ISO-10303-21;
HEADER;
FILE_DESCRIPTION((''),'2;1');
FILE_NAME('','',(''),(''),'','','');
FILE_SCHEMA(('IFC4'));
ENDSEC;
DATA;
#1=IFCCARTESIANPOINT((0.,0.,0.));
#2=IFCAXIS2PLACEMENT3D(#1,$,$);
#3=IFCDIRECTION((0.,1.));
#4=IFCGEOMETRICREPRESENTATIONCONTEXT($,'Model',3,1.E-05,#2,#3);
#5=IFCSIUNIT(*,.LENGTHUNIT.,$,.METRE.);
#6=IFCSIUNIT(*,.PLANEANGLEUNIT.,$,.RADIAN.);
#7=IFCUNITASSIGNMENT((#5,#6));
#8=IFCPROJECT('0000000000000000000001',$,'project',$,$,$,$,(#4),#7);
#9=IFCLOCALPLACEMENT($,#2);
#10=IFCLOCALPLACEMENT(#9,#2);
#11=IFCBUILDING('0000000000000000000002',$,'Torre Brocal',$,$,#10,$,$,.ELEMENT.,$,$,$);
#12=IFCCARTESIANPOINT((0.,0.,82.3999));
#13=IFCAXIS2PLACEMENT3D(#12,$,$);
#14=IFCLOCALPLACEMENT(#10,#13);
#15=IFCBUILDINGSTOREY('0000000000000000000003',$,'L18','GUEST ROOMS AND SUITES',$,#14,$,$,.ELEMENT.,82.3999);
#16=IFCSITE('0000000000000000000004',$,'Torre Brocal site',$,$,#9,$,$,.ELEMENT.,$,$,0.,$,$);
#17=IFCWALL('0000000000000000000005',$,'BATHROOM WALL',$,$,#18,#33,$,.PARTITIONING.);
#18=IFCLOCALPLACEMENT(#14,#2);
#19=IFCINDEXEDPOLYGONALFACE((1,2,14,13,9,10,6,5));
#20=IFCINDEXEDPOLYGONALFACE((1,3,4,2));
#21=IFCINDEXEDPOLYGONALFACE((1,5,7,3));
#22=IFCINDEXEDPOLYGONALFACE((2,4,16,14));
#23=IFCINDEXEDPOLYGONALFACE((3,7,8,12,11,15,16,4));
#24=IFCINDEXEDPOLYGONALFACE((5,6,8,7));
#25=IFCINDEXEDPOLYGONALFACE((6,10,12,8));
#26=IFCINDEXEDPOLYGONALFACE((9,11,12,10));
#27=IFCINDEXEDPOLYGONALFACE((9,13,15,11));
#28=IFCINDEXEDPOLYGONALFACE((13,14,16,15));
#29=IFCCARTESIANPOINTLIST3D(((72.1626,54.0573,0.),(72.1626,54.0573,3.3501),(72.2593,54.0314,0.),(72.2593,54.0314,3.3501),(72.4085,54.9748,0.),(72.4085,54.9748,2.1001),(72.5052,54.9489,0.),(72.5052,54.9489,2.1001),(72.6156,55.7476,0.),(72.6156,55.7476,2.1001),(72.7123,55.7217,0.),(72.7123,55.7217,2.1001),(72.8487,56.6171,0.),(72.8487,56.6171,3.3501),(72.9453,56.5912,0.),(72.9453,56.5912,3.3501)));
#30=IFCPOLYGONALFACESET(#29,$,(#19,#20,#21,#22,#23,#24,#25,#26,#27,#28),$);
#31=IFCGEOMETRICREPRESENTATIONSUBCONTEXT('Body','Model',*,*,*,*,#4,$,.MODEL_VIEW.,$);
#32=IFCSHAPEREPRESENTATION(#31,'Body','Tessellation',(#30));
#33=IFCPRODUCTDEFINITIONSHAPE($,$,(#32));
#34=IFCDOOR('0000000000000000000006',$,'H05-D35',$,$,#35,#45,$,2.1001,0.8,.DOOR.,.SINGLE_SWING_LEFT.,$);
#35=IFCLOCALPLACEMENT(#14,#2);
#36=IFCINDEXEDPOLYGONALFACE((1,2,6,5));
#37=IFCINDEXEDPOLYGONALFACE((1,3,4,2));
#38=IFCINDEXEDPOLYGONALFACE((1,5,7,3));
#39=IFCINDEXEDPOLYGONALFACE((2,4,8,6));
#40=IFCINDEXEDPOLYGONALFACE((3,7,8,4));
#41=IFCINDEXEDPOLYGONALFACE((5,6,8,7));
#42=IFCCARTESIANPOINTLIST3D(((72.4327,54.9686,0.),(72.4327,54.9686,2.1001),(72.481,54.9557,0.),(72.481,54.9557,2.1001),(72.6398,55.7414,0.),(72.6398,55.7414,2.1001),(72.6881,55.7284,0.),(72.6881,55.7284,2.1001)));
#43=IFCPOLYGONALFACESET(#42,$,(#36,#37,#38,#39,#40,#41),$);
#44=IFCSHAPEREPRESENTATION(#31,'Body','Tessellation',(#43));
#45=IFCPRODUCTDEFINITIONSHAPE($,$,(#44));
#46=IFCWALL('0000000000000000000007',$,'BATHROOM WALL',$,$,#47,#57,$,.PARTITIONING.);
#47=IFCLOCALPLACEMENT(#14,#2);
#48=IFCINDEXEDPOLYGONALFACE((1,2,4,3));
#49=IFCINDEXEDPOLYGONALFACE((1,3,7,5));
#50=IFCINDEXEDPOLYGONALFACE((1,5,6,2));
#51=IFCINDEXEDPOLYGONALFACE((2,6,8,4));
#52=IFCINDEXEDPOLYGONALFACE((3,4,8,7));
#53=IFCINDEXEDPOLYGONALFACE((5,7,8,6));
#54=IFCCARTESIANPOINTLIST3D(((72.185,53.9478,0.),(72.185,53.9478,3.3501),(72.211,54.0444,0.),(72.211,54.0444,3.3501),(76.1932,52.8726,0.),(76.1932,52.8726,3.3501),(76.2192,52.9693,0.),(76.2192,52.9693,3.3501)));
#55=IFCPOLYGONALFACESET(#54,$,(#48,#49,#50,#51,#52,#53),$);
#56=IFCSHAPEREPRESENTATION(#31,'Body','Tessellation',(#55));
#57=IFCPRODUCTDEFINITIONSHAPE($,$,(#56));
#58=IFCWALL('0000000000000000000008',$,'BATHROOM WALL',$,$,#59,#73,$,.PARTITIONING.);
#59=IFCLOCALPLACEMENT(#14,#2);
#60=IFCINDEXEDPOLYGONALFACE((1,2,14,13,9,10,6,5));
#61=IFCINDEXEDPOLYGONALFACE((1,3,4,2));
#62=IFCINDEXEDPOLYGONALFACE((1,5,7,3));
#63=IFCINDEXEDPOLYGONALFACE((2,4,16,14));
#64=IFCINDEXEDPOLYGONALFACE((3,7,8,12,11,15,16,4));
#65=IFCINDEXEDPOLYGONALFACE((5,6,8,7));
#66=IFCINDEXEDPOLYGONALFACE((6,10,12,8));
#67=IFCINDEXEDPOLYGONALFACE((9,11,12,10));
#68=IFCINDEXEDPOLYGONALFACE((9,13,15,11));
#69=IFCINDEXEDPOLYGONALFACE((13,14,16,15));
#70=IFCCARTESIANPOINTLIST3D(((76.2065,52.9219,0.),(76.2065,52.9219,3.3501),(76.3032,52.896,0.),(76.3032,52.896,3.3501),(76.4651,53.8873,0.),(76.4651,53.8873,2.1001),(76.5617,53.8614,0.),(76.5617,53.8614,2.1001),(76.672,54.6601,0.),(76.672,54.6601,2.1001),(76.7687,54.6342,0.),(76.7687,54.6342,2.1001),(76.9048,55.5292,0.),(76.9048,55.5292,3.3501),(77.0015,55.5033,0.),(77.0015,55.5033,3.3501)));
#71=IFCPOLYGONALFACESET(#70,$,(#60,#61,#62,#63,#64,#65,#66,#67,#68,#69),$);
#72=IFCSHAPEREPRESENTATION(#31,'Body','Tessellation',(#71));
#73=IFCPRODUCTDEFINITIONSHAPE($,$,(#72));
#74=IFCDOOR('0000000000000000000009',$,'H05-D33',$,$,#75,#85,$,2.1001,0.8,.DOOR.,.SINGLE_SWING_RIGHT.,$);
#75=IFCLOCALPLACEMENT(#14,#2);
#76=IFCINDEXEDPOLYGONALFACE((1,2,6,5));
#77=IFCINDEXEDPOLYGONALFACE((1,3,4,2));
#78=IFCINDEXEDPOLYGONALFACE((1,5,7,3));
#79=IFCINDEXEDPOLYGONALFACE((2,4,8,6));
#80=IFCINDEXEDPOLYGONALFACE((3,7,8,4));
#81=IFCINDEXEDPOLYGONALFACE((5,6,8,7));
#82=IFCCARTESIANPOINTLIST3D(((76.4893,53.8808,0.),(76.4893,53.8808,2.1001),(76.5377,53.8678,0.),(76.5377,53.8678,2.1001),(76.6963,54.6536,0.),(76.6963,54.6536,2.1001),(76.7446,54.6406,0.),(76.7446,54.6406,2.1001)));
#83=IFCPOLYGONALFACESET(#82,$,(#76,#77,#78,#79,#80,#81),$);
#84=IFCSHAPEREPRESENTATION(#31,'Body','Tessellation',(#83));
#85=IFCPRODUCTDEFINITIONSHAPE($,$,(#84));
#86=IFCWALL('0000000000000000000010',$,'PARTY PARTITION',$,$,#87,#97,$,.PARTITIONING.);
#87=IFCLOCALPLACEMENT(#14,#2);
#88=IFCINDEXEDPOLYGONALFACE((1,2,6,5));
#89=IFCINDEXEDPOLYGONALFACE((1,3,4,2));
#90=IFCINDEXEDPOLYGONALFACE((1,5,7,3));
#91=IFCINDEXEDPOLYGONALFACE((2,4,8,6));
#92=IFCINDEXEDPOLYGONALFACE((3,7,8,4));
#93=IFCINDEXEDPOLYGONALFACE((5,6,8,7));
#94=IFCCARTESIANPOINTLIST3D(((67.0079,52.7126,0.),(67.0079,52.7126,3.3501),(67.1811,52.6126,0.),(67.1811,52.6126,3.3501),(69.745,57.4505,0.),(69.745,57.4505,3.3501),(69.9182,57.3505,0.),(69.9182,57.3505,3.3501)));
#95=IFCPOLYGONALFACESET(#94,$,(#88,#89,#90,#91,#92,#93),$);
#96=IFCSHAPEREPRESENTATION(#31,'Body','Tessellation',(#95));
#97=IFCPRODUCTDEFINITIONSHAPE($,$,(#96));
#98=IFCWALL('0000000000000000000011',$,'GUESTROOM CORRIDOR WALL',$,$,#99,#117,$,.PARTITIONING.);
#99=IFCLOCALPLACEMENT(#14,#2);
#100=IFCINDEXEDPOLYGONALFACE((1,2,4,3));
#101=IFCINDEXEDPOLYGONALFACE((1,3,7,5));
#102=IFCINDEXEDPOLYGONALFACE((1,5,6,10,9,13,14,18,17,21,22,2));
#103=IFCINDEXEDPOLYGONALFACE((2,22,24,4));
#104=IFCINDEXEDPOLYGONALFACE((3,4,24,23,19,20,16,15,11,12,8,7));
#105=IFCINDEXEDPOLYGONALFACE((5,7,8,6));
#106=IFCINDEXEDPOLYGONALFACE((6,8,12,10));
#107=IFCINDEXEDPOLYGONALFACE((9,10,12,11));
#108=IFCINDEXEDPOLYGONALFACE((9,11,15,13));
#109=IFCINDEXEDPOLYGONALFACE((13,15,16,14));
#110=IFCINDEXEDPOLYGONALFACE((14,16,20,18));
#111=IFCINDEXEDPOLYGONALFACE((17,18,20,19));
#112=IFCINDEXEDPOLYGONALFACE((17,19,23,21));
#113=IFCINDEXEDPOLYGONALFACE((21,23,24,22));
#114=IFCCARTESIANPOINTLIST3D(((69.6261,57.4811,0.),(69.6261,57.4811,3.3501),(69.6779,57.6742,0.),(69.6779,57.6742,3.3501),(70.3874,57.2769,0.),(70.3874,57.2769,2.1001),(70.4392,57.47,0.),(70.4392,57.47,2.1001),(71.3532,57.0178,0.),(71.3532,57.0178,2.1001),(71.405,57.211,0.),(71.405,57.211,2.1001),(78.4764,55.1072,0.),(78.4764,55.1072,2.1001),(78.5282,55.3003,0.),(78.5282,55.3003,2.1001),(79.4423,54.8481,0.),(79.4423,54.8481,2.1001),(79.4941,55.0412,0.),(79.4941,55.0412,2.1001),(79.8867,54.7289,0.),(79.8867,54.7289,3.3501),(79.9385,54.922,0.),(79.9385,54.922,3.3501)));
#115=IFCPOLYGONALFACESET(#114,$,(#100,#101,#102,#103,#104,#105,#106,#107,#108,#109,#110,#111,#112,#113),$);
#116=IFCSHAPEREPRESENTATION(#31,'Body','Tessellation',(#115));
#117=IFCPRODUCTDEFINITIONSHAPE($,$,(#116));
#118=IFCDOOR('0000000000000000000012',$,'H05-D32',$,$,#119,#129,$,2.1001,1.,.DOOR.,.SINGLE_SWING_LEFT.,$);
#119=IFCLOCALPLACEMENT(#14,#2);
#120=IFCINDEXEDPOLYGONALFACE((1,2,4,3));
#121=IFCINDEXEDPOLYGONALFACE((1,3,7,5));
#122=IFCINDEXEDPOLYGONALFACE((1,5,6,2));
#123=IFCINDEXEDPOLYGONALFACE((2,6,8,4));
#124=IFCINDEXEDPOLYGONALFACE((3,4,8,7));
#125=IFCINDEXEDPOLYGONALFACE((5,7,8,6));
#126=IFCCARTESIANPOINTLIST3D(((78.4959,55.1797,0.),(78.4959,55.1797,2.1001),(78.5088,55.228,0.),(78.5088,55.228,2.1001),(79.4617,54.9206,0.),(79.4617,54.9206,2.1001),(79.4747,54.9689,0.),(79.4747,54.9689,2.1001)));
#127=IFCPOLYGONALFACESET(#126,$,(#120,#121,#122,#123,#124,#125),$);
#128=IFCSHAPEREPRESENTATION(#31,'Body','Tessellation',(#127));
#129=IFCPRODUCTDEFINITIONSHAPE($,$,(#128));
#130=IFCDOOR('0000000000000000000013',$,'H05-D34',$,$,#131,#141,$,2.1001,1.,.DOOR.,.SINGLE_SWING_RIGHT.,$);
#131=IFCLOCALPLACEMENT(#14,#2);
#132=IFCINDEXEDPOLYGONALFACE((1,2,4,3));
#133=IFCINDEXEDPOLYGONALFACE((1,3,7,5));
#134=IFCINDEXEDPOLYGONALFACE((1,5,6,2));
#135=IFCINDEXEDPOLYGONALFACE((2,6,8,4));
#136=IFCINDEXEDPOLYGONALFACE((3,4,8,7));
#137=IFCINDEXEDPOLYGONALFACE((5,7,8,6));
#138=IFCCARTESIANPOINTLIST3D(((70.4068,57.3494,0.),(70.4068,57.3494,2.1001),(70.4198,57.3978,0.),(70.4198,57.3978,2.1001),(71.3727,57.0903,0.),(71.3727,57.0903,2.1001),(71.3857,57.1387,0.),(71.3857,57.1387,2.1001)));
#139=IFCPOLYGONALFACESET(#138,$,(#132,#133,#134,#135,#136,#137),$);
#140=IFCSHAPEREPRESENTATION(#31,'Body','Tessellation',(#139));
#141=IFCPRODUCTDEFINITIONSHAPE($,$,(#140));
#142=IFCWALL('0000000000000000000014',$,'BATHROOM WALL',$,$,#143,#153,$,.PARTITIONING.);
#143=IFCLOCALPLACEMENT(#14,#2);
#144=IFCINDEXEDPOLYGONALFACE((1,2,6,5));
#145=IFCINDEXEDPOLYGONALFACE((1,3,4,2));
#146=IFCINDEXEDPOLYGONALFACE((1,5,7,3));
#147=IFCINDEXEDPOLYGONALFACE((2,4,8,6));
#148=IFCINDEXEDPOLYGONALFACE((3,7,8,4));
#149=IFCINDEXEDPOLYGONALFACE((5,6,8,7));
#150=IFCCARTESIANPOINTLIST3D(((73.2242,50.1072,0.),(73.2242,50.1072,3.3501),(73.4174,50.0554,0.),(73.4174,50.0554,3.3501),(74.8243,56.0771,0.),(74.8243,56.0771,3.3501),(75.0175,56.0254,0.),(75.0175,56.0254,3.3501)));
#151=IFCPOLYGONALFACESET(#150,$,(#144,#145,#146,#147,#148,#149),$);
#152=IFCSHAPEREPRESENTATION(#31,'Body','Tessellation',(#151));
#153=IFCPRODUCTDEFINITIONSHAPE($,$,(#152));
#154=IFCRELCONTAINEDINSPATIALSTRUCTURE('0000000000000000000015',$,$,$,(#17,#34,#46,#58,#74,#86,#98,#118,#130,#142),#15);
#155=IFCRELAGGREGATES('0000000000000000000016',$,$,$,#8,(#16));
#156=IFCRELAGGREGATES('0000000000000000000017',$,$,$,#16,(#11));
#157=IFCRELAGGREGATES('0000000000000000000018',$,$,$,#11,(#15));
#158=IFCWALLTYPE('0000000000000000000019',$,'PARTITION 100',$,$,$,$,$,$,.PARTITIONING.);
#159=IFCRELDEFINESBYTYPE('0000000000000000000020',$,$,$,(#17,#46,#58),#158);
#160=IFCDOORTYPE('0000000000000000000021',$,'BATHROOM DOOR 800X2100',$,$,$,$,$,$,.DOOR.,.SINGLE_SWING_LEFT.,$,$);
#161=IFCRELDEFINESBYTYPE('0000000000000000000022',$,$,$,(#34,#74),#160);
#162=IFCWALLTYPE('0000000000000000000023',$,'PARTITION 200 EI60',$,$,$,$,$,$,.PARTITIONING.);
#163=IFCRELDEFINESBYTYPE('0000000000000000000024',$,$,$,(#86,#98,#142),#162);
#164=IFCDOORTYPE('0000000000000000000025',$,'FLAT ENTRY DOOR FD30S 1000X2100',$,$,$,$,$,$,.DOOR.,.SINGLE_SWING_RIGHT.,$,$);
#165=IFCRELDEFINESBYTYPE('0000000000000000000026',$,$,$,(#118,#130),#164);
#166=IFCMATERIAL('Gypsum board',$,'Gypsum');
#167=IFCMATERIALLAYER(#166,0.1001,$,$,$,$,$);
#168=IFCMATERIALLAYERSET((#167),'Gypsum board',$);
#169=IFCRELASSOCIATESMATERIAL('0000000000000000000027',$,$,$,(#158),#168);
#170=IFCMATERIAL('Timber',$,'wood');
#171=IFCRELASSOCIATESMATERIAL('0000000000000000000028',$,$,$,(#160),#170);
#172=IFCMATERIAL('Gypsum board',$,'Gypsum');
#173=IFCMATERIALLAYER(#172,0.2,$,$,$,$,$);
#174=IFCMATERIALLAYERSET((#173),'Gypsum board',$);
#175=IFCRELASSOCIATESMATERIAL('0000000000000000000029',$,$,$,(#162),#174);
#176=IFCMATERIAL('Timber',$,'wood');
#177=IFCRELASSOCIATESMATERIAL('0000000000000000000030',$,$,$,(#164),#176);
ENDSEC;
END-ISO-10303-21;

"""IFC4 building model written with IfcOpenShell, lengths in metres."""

from ifc_helpers import new_model, si_unit, direction, frame, frame_2d, origin, place, context, subcontext, project, spatial, rectangle, extrude, material, layer, layer_set, type_object, element, fill, save


model = new_model("IFC4")

# Units and contexts
model_context = context("Model", 3, precision=1e-05, world=origin(), true_north=direction((0.0, 1.0)))
body_context = subcontext(model_context, "Body", "Model", "MODEL_VIEW")
ifc_project = project(units=[si_unit("LENGTHUNIT", "METRE"), si_unit("PLANEANGLEUNIT", "RADIAN")], contexts=[model_context])

# Site, building, storey
site_placement = place(None, origin())
site = spatial("IfcSite", under=ifc_project, at=site_placement, Name="Torre Brocal site", CompositionType="ELEMENT", RefElevation=0.0)
building_placement = place(site_placement, origin())
building = spatial("IfcBuilding", under=site, at=building_placement, Name="Torre Brocal", CompositionType="ELEMENT")
storey_placement = place(building_placement, frame((0.0, 0.0, 82.3999)))
storey = spatial("IfcBuildingStorey", under=building, at=storey_placement, Name="L18", Description="GUEST ROOMS AND SUITES", CompositionType="ELEMENT", Elevation=82.3999)

# Wall, opening, door
ifc_material_1 = material(Name="Gypsum board", Category="Gypsum")
ifc_layer_1 = layer(ifc_material_1, 0.1001)
ifc_layer_set_1 = layer_set([ifc_layer_1], Name="Gypsum board")
wall_type_1 = type_object("IfcWallType", Name="PARTITION 100", PredefinedType="PARTITIONING", material=ifc_layer_set_1)
wall_1_placement = place(storey_placement, frame((72.2109, 54.0442, 0.0), z_axis=(0.0, 0.0, 1.0), x_axis=(0.258867, 0.965913, 0.0)))
wall_1 = element("IfcWall", 1, at=wall_1_placement, inside=storey, type_object=wall_type_1, Name="BATHROOM WALL", PredefinedType="PARTITIONING", context=body_context, shape_type="SweptSolid", body=[
    extrude(rectangle(XDim=2.6501, YDim=0.1001, at=frame_2d((1.3252, 0.0))), origin(), (0.0, 0.0, 1.0), 3.3501),
])
opening_1_placement = place(wall_1_placement, frame((0.9502, 0.0, 0.0)))
opening_1 = element("IfcOpeningElement", 2, at=opening_1_placement, cuts=wall_1, PredefinedType="OPENING", context=body_context, shape_type="SweptSolid", body=[
    extrude(rectangle(XDim=0.8, YDim=2.1001, at=frame_2d((0.3999, 1.05))), frame((0.0, 0.0601, 0.0), z_axis=(0.0, -1.0, 0.0), x_axis=(1.0, 0.0, 0.0)), (0.0, 0.0, 1.0), 0.1201),
])
ifc_material_2 = material(Name="Timber", Category="wood")
door_type_1 = type_object("IfcDoorType", Name="BATHROOM DOOR 800X2100", OperationType="SINGLE_SWING_LEFT", PredefinedType="DOOR", material=ifc_material_2)
door_1_placement = place(opening_1_placement, frame((0.8, 0.0, 0.0), z_axis=(0.0, 0.0, 1.0), x_axis=(-1.0, 0.0, 0.0)))
door_1 = element("IfcDoor", 3, at=door_1_placement, inside=storey, type_object=door_type_1, Name="H05-D35", OperationType="SINGLE_SWING_LEFT", OverallHeight=2.1001, OverallWidth=0.8, PredefinedType="DOOR", context=body_context, shape_type="SweptSolid", body=[
    extrude(rectangle(XDim=0.8, YDim=2.1001, at=frame_2d((0.3999, 1.05))), frame((0.0, 0.0249, 0.0), z_axis=(0.0, -1.0, 0.0), x_axis=(1.0, 0.0, 0.0)), (0.0, 0.0, 1.0), 0.05),
])
fill(opening_1, door_1)

# Wall
wall_2_placement = place(storey_placement, frame((72.198, 53.9961, 0.0), z_axis=(0.0, 0.0, 1.0), x_axis=(0.965855, -0.259083, 0.0)))
element("IfcWall", 4, at=wall_2_placement, inside=storey, type_object=wall_type_1, Name="BATHROOM WALL", PredefinedType="PARTITIONING", context=body_context, shape_type="SweptSolid", body=[
    extrude(rectangle(XDim=4.1499, YDim=0.1001, at=frame_2d((2.075, 0.0))), origin(), (0.0, 0.0, 1.0), 3.3501),
])

# Wall, opening, door
wall_3_placement = place(storey_placement, frame((76.2549, 52.9089, 0.0), z_axis=(0.0, 0.0, 1.0), x_axis=(0.258676, 0.965964, 0.0)))
wall_3 = element("IfcWall", 5, at=wall_3_placement, inside=storey, type_object=wall_type_1, Name="BATHROOM WALL", PredefinedType="PARTITIONING", context=body_context, shape_type="SweptSolid", body=[
    extrude(rectangle(XDim=2.6992, YDim=0.1001, at=frame_2d((1.3496, 0.0))), origin(), (0.0, 0.0, 1.0), 3.3501),
])
opening_2_placement = place(wall_3_placement, frame((0.9995, 0.0, 0.0)))
opening_2 = element("IfcOpeningElement", 6, at=opening_2_placement, cuts=wall_3, PredefinedType="OPENING", context=body_context, shape_type="SweptSolid", body=[
    extrude(rectangle(XDim=0.8, YDim=2.1001, at=frame_2d((0.3999, 1.05))), frame((0.0, 0.0601, 0.0), z_axis=(0.0, -1.0, 0.0), x_axis=(1.0, 0.0, 0.0)), (0.0, 0.0, 1.0), 0.1201),
])
door_2_placement = place(opening_2_placement, origin())
door_2 = element("IfcDoor", 7, at=door_2_placement, inside=storey, type_object=door_type_1, Name="H05-D33", OperationType="SINGLE_SWING_RIGHT", OverallHeight=2.1001, OverallWidth=0.8, PredefinedType="DOOR", context=body_context, shape_type="SweptSolid", body=[
    extrude(rectangle(XDim=0.8, YDim=2.1001, at=frame_2d((0.3999, 1.05))), frame((0.0, 0.0249, 0.0), z_axis=(0.0, -1.0, 0.0), x_axis=(1.0, 0.0, 0.0)), (0.0, 0.0, 1.0), 0.05),
])
fill(opening_2, door_2)

# Wall
ifc_material_3 = material(Name="Gypsum board", Category="Gypsum")
ifc_layer_2 = layer(ifc_material_3, 0.2)
ifc_layer_set_2 = layer_set([ifc_layer_2], Name="Gypsum board")
wall_type_2 = type_object("IfcWallType", Name="PARTITION 200 EI60", PredefinedType="PARTITIONING", material=ifc_layer_set_2)
wall_4_placement = place(storey_placement, frame((67.0945, 52.6626, 0.0), z_axis=(0.0, 0.0, 1.0), x_axis=(0.500232, 0.865891, 0.0)))
element("IfcWall", 8, at=wall_4_placement, inside=storey, type_object=wall_type_2, Name="PARTY PARTITION", PredefinedType="PARTITIONING", context=body_context, shape_type="SweptSolid", body=[
    extrude(rectangle(XDim=5.4717, YDim=0.2, at=frame_2d((2.7358, 0.0))), origin(), (0.0, 0.0, 1.0), 3.3501),
])

# Wall, openings, doors
wall_5_placement = place(storey_placement, frame((69.6521, 57.5776, 0.0), z_axis=(0.0, 0.0, 1.0), x_axis=(0.965857, -0.259074, 0.0)))
wall_5 = element("IfcWall", 9, at=wall_5_placement, inside=storey, type_object=wall_type_2, Name="GUESTROOM CORRIDOR WALL", PredefinedType="PARTITIONING", context=body_context, shape_type="SweptSolid", body=[
    extrude(rectangle(XDim=10.6233, YDim=0.2, at=frame_2d((5.3115, 0.0))), origin(), (0.0, 0.0, 1.0), 3.3501),
])
opening_3_placement = place(wall_5_placement, frame((9.1631, 0.0, 0.0)))
opening_3 = element("IfcOpeningElement", 10, at=opening_3_placement, cuts=wall_5, PredefinedType="OPENING", context=body_context, shape_type="SweptSolid", body=[
    extrude(rectangle(XDim=1.0, YDim=2.1001, at=frame_2d((0.5, 1.05))), frame((0.0, 0.1099, 0.0), z_axis=(0.0, -1.0, 0.0), x_axis=(1.0, 0.0, 0.0)), (0.0, 0.0, 1.0), 0.22),
])
opening_4_placement = place(wall_5_placement, frame((0.7881, 0.0, 0.0)))
opening_4 = element("IfcOpeningElement", 11, at=opening_4_placement, cuts=wall_5, PredefinedType="OPENING", context=body_context, shape_type="SweptSolid", body=[
    extrude(rectangle(XDim=1.0, YDim=2.1001, at=frame_2d((0.5, 1.05))), frame((0.0, 0.1099, 0.0), z_axis=(0.0, -1.0, 0.0), x_axis=(1.0, 0.0, 0.0)), (0.0, 0.0, 1.0), 0.22),
])
ifc_material_4 = material(Name="Timber", Category="wood")
door_type_2 = type_object("IfcDoorType", Name="FLAT ENTRY DOOR FD30S 1000X2100", OperationType="SINGLE_SWING_RIGHT", PredefinedType="DOOR", material=ifc_material_4)
door_3_placement = place(opening_3_placement, frame((1.0, 0.0, 0.0), z_axis=(0.0, 0.0, 1.0), x_axis=(-1.0, 0.0, 0.0)))
door_3 = element("IfcDoor", 12, at=door_3_placement, inside=storey, type_object=door_type_2, Name="H05-D32", OperationType="SINGLE_SWING_LEFT", OverallHeight=2.1001, OverallWidth=1.0, PredefinedType="DOOR", context=body_context, shape_type="SweptSolid", body=[
    extrude(rectangle(XDim=1.0, YDim=2.1001, at=frame_2d((0.5, 1.05))), frame((0.0, 0.0249, 0.0), z_axis=(0.0, -1.0, 0.0), x_axis=(1.0, 0.0, 0.0)), (0.0, 0.0, 1.0), 0.05),
])
fill(opening_3, door_3)
door_4_placement = place(opening_4_placement, frame((1.0, 0.0, 0.0), z_axis=(0.0, 0.0, 1.0), x_axis=(-1.0, 0.0, 0.0)))
door_4 = element("IfcDoor", 13, at=door_4_placement, inside=storey, type_object=door_type_2, Name="H05-D34", OperationType="SINGLE_SWING_RIGHT", OverallHeight=2.1001, OverallWidth=1.0, PredefinedType="DOOR", context=body_context, shape_type="SweptSolid", body=[
    extrude(rectangle(XDim=1.0, YDim=2.1001, at=frame_2d((0.5, 1.05))), frame((0.0, 0.0249, 0.0), z_axis=(0.0, -1.0, 0.0), x_axis=(1.0, 0.0, 0.0)), (0.0, 0.0, 1.0), 0.05),
])
fill(opening_4, door_4)

# Wall
wall_6_placement = place(storey_placement, frame((73.3208, 50.0813, 0.0), z_axis=(0.0, 0.0, 1.0), x_axis=(0.258887, 0.965908, 0.0)))
element("IfcWall", 14, at=wall_6_placement, inside=storey, type_object=wall_type_2, Name="BATHROOM WALL", PredefinedType="PARTITIONING", context=body_context, shape_type="SweptSolid", body=[
    extrude(rectangle(XDim=6.1807, YDim=0.2, at=frame_2d((3.0903, 0.0))), origin(), (0.0, 0.0, 1.0), 3.3501),
])

save(model, "model.ifc")
